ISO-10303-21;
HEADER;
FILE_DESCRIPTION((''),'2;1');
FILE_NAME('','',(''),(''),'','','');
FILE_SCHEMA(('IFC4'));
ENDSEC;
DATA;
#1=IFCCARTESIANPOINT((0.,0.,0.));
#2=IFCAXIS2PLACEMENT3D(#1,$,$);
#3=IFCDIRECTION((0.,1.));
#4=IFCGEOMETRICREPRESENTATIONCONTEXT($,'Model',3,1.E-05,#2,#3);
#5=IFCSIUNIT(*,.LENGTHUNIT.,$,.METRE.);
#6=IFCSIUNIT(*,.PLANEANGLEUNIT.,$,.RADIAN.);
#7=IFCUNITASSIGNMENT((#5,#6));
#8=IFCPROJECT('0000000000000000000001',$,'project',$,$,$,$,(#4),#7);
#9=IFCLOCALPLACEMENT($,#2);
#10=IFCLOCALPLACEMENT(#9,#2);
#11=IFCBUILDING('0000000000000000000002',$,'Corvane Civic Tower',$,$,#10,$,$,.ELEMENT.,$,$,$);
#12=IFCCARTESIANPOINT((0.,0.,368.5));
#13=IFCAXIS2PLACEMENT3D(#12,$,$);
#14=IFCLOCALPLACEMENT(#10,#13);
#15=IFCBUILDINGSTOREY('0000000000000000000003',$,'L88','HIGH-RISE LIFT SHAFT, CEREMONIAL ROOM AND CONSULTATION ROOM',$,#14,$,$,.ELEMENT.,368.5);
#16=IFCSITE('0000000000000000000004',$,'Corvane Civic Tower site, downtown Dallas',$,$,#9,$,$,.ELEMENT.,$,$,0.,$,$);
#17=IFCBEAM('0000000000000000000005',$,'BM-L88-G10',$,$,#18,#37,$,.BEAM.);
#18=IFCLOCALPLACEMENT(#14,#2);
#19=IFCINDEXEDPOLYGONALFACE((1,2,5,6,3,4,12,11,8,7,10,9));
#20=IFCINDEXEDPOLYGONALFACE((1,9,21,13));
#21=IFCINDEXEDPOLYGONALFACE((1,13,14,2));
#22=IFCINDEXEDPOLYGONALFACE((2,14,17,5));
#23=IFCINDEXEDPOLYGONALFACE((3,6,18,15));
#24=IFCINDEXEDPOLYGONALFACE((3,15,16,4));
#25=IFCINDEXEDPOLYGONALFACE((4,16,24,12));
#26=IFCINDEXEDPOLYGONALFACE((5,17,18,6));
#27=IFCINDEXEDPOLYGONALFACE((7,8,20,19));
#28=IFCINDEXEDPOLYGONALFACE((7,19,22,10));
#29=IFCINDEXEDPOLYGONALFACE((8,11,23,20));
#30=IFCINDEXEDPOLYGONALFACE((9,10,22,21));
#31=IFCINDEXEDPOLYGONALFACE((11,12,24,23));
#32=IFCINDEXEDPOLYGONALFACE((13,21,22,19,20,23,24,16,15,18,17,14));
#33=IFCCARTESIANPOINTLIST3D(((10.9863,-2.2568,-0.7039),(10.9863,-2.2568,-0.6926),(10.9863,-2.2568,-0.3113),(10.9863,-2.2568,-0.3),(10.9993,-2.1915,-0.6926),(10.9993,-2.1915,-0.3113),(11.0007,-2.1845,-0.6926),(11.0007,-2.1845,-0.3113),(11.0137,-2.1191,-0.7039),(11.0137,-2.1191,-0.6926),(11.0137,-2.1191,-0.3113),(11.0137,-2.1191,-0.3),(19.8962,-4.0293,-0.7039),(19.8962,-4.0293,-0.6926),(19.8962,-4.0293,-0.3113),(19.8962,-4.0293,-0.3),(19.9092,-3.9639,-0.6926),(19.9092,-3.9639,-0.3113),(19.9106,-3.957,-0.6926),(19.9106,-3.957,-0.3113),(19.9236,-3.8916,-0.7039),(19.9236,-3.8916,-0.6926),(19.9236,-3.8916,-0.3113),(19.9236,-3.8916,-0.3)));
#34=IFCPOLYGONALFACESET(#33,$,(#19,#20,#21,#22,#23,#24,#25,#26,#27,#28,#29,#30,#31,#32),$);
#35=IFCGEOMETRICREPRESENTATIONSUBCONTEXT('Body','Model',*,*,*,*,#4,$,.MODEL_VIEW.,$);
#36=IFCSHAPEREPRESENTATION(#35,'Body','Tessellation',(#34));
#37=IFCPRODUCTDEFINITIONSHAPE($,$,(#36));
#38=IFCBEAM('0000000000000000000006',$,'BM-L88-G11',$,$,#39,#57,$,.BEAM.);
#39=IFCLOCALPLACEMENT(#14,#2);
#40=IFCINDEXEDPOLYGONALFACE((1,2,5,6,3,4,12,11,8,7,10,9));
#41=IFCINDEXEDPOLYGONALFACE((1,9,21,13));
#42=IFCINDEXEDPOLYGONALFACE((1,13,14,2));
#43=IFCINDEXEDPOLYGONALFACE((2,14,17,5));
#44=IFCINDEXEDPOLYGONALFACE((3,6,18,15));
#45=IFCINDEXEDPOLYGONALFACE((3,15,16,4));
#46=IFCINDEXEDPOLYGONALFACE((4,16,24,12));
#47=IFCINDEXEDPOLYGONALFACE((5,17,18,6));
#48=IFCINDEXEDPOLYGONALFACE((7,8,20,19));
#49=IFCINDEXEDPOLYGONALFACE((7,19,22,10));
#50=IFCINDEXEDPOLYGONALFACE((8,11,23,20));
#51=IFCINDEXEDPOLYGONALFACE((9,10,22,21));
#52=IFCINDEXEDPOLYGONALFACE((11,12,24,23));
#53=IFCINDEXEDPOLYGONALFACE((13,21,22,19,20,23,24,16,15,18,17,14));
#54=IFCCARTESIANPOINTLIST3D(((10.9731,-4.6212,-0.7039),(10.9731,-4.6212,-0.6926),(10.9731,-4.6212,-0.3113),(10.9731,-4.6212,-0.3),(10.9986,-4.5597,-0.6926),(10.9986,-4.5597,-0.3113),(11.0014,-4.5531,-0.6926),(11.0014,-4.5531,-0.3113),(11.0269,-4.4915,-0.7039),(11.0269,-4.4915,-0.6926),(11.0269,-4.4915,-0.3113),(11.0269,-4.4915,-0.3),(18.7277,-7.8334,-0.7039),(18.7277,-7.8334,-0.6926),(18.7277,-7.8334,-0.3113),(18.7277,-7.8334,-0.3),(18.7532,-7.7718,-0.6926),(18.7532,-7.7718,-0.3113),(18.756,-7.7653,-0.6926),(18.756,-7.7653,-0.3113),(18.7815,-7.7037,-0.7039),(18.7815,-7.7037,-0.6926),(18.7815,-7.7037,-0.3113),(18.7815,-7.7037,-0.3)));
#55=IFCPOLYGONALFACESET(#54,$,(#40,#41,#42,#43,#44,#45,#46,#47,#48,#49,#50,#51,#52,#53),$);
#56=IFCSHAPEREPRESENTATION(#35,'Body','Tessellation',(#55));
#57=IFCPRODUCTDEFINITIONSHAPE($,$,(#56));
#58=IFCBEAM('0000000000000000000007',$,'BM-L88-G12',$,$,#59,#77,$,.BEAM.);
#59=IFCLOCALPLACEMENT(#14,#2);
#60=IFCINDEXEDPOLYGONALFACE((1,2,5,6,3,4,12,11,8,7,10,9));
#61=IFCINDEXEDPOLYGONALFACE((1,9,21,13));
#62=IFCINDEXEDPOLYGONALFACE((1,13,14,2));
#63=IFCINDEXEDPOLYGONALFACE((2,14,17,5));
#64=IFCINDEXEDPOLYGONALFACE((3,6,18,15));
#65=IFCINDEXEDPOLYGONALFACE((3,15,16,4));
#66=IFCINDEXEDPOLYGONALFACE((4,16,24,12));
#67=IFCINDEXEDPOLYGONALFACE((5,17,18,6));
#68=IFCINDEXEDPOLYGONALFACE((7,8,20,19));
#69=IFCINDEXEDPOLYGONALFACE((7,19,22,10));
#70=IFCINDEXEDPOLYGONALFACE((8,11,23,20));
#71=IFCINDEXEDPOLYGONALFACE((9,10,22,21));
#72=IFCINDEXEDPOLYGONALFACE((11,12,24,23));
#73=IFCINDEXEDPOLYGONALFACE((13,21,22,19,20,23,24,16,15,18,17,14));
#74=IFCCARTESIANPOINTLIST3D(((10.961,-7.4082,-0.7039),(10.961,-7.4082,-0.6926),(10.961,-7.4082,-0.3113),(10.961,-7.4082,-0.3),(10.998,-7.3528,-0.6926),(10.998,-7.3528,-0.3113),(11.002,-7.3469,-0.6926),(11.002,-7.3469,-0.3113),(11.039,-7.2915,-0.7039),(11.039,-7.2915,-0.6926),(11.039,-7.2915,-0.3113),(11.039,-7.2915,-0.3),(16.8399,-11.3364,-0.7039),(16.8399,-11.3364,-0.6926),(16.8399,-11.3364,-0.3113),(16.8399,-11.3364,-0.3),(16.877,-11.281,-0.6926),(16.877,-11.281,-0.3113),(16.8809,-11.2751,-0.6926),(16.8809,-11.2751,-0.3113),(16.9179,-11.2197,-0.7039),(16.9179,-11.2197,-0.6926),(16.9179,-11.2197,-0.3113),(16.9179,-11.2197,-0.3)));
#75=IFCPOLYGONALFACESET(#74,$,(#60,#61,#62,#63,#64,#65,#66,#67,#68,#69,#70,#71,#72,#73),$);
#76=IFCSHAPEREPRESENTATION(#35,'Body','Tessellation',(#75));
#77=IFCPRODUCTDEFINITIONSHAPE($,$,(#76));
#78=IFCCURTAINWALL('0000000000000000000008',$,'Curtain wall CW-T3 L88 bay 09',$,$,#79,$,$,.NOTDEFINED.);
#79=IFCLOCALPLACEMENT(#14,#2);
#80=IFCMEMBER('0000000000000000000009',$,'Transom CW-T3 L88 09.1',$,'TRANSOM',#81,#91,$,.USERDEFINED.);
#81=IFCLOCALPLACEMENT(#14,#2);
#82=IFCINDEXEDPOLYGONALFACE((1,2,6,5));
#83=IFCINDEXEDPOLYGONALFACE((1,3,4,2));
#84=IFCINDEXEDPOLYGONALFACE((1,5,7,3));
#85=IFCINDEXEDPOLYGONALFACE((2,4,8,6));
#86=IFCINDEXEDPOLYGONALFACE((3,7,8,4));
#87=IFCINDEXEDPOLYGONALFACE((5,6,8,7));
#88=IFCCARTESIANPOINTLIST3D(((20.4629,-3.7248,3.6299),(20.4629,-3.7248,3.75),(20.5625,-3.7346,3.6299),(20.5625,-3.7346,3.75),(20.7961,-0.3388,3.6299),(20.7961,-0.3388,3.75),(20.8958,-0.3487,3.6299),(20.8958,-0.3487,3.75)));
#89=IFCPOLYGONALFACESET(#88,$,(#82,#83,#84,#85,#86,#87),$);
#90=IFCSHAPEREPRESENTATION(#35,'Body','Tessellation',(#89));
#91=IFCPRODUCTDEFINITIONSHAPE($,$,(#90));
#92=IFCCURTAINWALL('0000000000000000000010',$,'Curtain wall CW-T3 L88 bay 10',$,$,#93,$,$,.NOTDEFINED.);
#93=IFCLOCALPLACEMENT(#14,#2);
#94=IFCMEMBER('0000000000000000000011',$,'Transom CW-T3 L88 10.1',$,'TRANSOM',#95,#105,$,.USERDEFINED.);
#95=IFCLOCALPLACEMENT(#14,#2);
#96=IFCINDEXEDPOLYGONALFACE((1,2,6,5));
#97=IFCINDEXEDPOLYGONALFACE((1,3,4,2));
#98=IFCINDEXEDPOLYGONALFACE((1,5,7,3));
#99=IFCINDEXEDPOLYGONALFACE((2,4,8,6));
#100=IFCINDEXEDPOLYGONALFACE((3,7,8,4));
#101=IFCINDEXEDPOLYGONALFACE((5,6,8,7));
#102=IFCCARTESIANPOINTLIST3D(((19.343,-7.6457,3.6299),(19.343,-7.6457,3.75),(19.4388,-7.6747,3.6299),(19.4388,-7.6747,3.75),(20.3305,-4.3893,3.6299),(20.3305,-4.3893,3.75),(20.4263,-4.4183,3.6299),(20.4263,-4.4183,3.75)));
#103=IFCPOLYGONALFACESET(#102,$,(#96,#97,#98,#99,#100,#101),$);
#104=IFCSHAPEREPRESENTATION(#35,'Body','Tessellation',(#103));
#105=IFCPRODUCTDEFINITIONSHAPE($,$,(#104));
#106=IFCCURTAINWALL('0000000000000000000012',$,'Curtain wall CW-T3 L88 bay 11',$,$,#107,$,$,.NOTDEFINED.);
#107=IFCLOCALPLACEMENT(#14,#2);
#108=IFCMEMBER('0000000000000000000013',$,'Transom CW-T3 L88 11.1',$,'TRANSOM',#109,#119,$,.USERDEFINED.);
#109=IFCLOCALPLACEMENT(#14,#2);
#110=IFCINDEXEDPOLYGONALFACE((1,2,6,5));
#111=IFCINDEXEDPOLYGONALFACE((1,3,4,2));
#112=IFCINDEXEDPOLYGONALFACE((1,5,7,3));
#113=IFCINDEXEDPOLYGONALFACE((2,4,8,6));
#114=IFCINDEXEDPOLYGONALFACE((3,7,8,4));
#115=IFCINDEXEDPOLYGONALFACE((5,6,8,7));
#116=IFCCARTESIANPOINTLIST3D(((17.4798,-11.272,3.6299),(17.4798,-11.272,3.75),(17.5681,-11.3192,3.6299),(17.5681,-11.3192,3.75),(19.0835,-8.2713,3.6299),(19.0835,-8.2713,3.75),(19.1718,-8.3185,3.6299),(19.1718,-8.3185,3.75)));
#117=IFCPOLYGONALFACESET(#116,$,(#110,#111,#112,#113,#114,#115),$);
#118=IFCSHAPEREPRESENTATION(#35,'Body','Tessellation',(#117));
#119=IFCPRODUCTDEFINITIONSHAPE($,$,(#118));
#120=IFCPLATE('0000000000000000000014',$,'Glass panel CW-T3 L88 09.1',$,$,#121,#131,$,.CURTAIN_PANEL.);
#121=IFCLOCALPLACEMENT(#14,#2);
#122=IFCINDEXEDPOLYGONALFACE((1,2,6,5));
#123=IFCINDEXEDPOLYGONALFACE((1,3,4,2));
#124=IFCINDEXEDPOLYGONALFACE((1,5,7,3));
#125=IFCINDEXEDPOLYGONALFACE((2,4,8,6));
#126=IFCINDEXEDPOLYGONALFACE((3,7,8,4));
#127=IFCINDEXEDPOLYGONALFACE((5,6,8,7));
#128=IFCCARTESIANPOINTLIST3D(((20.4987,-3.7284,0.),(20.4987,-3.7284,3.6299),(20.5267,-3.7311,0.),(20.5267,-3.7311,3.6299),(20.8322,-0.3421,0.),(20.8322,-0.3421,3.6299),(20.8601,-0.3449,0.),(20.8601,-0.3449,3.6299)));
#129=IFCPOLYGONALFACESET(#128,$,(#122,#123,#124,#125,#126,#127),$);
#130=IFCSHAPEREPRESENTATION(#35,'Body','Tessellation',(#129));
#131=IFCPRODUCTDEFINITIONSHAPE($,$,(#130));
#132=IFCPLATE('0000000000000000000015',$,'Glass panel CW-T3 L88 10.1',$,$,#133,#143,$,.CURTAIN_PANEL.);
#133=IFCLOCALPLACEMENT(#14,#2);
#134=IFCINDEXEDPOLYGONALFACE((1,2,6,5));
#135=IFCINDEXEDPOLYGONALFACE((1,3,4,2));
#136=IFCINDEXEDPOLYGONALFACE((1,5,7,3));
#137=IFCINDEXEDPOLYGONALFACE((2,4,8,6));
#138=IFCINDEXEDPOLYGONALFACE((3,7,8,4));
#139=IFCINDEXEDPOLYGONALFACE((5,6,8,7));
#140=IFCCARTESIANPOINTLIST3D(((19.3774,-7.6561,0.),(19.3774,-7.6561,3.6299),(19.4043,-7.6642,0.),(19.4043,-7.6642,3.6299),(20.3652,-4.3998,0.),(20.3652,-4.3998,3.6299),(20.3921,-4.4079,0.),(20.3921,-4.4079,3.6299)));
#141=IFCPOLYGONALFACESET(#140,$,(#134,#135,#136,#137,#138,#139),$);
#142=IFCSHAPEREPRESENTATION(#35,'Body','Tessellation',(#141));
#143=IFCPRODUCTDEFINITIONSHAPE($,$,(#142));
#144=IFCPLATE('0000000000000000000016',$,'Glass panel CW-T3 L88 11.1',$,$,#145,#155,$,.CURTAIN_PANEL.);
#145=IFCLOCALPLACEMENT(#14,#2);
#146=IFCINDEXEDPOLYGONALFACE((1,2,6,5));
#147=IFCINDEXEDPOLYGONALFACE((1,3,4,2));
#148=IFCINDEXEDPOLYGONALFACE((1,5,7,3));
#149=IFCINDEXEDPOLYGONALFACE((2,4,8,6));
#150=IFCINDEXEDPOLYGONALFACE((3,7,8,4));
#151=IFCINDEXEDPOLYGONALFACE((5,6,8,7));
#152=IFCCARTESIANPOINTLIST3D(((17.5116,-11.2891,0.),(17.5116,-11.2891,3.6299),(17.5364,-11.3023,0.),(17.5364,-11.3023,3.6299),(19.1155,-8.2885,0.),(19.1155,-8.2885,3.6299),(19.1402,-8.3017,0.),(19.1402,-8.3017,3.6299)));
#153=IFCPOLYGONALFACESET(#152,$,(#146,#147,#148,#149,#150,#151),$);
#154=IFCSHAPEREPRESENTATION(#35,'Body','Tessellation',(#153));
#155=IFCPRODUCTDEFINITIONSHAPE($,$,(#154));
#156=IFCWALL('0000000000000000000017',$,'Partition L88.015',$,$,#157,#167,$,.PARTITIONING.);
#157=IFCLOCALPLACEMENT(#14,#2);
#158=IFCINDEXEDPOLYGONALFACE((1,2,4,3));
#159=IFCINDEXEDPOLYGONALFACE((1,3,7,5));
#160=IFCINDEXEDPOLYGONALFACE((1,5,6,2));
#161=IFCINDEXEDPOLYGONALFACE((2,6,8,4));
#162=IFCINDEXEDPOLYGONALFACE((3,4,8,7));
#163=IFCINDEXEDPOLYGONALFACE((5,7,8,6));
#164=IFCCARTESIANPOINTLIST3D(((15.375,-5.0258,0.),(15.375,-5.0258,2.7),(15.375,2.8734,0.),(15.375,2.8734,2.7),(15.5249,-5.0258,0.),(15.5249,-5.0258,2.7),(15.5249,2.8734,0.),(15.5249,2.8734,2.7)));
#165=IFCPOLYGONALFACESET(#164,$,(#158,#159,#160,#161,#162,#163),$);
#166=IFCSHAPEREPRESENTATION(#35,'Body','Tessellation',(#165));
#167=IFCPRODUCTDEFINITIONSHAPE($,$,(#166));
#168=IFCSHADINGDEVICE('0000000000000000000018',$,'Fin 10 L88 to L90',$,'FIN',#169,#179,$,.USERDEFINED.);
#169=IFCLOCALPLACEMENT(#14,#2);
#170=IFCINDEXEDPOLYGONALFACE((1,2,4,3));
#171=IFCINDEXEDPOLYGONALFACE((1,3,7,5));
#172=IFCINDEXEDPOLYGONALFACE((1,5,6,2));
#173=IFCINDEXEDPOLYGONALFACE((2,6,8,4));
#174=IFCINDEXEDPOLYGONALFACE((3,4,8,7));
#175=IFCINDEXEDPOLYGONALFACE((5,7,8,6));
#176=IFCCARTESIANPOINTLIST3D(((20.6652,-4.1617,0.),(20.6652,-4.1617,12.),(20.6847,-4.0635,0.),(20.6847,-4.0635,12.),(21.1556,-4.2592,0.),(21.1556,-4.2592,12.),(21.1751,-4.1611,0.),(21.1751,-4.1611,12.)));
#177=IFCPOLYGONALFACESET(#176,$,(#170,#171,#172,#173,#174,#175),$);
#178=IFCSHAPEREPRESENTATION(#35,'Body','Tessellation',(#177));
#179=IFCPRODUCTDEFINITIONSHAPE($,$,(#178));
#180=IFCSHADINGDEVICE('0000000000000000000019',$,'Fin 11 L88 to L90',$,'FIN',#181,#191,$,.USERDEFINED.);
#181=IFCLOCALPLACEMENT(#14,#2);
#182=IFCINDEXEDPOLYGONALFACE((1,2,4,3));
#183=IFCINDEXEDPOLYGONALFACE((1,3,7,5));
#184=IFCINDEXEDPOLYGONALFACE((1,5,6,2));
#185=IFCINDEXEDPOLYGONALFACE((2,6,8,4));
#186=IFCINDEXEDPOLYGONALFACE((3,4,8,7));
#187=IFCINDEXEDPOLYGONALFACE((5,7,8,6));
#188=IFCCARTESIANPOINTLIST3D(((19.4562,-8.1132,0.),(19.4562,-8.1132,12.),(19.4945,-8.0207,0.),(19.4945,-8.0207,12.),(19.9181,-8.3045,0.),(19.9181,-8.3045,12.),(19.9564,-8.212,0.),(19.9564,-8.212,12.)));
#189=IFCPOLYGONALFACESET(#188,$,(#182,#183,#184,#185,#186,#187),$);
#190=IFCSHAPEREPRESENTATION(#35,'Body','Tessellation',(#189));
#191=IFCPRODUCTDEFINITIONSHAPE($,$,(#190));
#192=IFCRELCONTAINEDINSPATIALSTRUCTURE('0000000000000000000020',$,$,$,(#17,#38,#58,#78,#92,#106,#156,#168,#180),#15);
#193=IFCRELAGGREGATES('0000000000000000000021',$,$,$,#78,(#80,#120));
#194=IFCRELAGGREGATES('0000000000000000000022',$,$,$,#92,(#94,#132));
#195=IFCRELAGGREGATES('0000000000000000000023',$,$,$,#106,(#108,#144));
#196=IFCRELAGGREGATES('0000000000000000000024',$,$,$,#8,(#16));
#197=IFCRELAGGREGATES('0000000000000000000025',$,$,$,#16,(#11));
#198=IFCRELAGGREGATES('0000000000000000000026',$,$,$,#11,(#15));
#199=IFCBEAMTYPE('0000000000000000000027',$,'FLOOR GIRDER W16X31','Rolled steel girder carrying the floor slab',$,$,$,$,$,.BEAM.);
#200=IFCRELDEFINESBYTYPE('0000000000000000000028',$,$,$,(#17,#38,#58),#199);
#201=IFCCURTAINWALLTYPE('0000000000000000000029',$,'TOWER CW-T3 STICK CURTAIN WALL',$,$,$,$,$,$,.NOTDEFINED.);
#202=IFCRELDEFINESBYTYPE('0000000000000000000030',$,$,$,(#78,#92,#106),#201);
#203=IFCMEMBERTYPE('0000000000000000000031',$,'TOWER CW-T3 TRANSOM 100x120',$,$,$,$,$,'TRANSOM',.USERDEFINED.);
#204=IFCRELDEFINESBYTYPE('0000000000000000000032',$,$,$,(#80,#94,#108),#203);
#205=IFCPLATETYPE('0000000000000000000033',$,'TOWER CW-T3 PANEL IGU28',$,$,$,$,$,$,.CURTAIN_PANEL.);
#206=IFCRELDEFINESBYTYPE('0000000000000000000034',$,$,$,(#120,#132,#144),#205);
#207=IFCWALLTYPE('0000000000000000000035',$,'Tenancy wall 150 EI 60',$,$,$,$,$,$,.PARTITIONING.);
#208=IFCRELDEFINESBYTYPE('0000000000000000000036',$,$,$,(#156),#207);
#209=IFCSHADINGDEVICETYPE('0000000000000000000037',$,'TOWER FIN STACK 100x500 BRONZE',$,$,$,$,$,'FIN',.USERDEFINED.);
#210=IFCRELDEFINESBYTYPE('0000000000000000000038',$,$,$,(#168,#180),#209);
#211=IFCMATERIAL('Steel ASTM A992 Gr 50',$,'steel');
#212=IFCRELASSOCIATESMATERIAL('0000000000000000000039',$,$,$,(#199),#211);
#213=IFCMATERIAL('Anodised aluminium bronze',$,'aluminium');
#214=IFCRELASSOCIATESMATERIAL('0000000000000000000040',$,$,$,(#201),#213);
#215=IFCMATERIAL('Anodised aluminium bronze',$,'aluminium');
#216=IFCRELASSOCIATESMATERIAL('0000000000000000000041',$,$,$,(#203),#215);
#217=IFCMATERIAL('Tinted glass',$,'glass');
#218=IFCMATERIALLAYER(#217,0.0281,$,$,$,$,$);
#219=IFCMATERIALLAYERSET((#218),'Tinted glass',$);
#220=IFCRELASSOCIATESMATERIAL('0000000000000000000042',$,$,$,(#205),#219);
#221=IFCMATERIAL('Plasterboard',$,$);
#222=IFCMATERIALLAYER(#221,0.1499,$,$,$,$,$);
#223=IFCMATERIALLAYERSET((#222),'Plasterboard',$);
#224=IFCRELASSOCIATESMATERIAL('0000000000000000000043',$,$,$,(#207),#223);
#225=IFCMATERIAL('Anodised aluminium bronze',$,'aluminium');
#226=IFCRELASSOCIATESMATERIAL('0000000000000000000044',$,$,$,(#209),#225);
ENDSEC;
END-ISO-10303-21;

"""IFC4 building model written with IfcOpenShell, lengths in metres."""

from ifc_helpers import new_model, si_unit, direction, frame, frame_2d, origin, origin_2d, place, context, subcontext, project, spatial, rectangle, i_section, extrude, material, layer, layer_set, material_profile, profile_set, type_object, element, aggregate, save


model = new_model("IFC4")

# Units and contexts
model_context = context("Model", 3, precision=1e-05, world=origin(), true_north=direction((0.0, 1.0)))
body_context = subcontext(model_context, "Body", "Model", "MODEL_VIEW")
ifc_project = project(units=[si_unit("LENGTHUNIT", "METRE"), si_unit("PLANEANGLEUNIT", "RADIAN")], contexts=[model_context])

# Site, building, storey
site_placement = place(None, origin())
site = spatial("IfcSite", under=ifc_project, at=site_placement, Name="Corvane Civic Tower site, downtown Dallas", CompositionType="ELEMENT", RefElevation=0.0)
building_placement = place(site_placement, origin())
building = spatial("IfcBuilding", under=site, at=building_placement, Name="Corvane Civic Tower", CompositionType="ELEMENT")
storey_placement = place(building_placement, frame((0.0, 0.0, 368.5)))
storey = spatial("IfcBuildingStorey", under=building, at=storey_placement, Name="L88", Description="HIGH-RISE LIFT SHAFT, CEREMONIAL ROOM AND CONSULTATION ROOM", CompositionType="ELEMENT", Elevation=368.5)

# Beams
ifc_material_1 = material(Name="Steel ASTM A992 Gr 50", Category="steel")
ifc_material_profile_1 = material_profile(ifc_material_1, i_section(OverallWidth=0.1404, OverallDepth=0.4038, WebThickness=0.0071, FlangeThickness=0.0112, at=origin_2d()), Name="W16X31")
ifc_profile_set_1 = profile_set([ifc_material_profile_1], Name="Steel ASTM A992 Gr 50")
beam_type_1 = type_object("IfcBeamType", Name="FLOOR GIRDER W16X31", Description="Rolled steel girder carrying the floor slab", PredefinedType="BEAM", material=ifc_profile_set_1)
beam_1_placement = place(storey_placement, frame((11.0, -2.188, -0.502), z_axis=(0.980782, -0.195108, 0.0), x_axis=(0.195108, 0.980782, 0.0)))
element("IfcBeam", 1, at=beam_1_placement, inside=storey, type_object=beam_type_1, Name="BM-L88-G10", PredefinedType="BEAM", context=body_context, shape_type="SweptSolid", body=[
    extrude(i_section(OverallWidth=0.1404, OverallDepth=0.4038, WebThickness=0.0071, FlangeThickness=0.0112, at=origin_2d()), origin(), (0.0, 0.0, 1.0), 9.0845),
])
beam_2_placement = place(storey_placement, frame((11.0, -4.5564, -0.502), z_axis=(0.923876, -0.382692, 0.0), x_axis=(0.382692, 0.923876, 0.0)))
element("IfcBeam", 2, at=beam_2_placement, inside=storey, type_object=beam_type_1, Name="BM-L88-G11", PredefinedType="BEAM", context=body_context, shape_type="SweptSolid", body=[
    extrude(i_section(OverallWidth=0.1404, OverallDepth=0.4038, WebThickness=0.0071, FlangeThickness=0.0112, at=origin_2d()), origin(), (0.0, 0.0, 1.0), 8.3936),
])
beam_3_placement = place(storey_placement, frame((11.0, -7.3499, -0.502), z_axis=(0.831465, -0.555576, 0.0), x_axis=(0.555576, 0.831465, 0.0)))
element("IfcBeam", 3, at=beam_3_placement, inside=storey, type_object=beam_type_1, Name="BM-L88-G12", PredefinedType="BEAM", context=body_context, shape_type="SweptSolid", body=[
    extrude(i_section(OverallWidth=0.1404, OverallDepth=0.4038, WebThickness=0.0071, FlangeThickness=0.0112, at=origin_2d()), origin(), (0.0, 0.0, 1.0), 7.0706),
])

# Curtain walls, members
ifc_material_2 = material(Name="Anodised aluminium bronze", Category="aluminium")
curtain_wall_type = type_object("IfcCurtainWallType", Name="TOWER CW-T3 STICK CURTAIN WALL", PredefinedType="NOTDEFINED", material=ifc_material_2)
curtain_wall_1_placement = place(storey_placement, origin())
curtain_wall_1 = element("IfcCurtainWall", 4, at=curtain_wall_1_placement, inside=storey, type_object=curtain_wall_type, Name="Curtain wall CW-T3 L88 bay 09", PredefinedType="NOTDEFINED")
ifc_material_3 = material(Name="Anodised aluminium bronze", Category="aluminium")
ifc_material_profile_2 = material_profile(ifc_material_3, rectangle(XDim=0.1001, YDim=0.1201, at=origin_2d()), Name="TOWER CW-T3 TRANSOM 100x120")
ifc_profile_set_2 = profile_set([ifc_material_profile_2], Name="Anodised aluminium bronze")
member_type = type_object("IfcMemberType", Name="TOWER CW-T3 TRANSOM 100x120", ElementType="TRANSOM", PredefinedType="USERDEFINED", material=ifc_profile_set_2)
member_1_placement = place(storey_placement, frame((20.8459, -0.3438, 3.6899), z_axis=(-0.097948, -0.995192, 0.0), x_axis=(0.995192, -0.097948, 0.0)))
member_1 = element("IfcMember", 5, at=member_1_placement, type_object=member_type, Name="Transom CW-T3 L88 09.1", ObjectType="TRANSOM", PredefinedType="USERDEFINED", context=body_context, shape_type="SweptSolid", body=[
    extrude(rectangle(XDim=0.1001, YDim=0.1201, at=origin_2d()), origin(), (0.0, 0.0, 1.0), 3.4023),
])
curtain_wall_2_placement = place(storey_placement, origin())
curtain_wall_2 = element("IfcCurtainWall", 6, at=curtain_wall_2_placement, inside=storey, type_object=curtain_wall_type, Name="Curtain wall CW-T3 L88 bay 10", PredefinedType="NOTDEFINED")
member_2_placement = place(storey_placement, frame((20.3784, -4.4038, 3.6899), z_axis=(-0.290216, -0.956961, 0.0), x_axis=(0.956961, -0.290216, 0.0)))
member_2 = element("IfcMember", 7, at=member_2_placement, type_object=member_type, Name="Transom CW-T3 L88 10.1", ObjectType="TRANSOM", PredefinedType="USERDEFINED", context=body_context, shape_type="SweptSolid", body=[
    extrude(rectangle(XDim=0.1001, YDim=0.1201, at=origin_2d()), origin(), (0.0, 0.0, 1.0), 3.4028),
])
curtain_wall_3_placement = place(storey_placement, origin())
curtain_wall_3 = element("IfcCurtainWall", 8, at=curtain_wall_3_placement, inside=storey, type_object=curtain_wall_type, Name="Curtain wall CW-T3 L88 bay 11", PredefinedType="NOTDEFINED")
member_3_placement = place(storey_placement, frame((19.1277, -8.2949, 3.6899), z_axis=(-0.471359, -0.881941, 0.0), x_axis=(0.881941, -0.471359, 0.0)))
member_3 = element("IfcMember", 9, at=member_3_placement, type_object=member_type, Name="Transom CW-T3 L88 11.1", ObjectType="TRANSOM", PredefinedType="USERDEFINED", context=body_context, shape_type="SweptSolid", body=[
    extrude(rectangle(XDim=0.1001, YDim=0.1201, at=origin_2d()), origin(), (0.0, 0.0, 1.0), 3.4023),
])

# Plates
ifc_material_4 = material(Name="Tinted glass", Category="glass")
ifc_layer_1 = layer(ifc_material_4, 0.0281)
ifc_layer_set_1 = layer_set([ifc_layer_1], Name="Tinted glass")
plate_type = type_object("IfcPlateType", Name="TOWER CW-T3 PANEL IGU28", PredefinedType="CURTAIN_PANEL", material=ifc_layer_set_1)
plate_1_placement = place(storey_placement, frame((20.6794, -2.0366, 0.0), z_axis=(0.0, 0.0, 1.0), x_axis=(-0.097998, -0.995187, 0.0)))
plate_1 = element("IfcPlate", 10, at=plate_1_placement, type_object=plate_type, Name="Glass panel CW-T3 L88 09.1", PredefinedType="CURTAIN_PANEL", context=body_context, shape_type="SweptSolid", body=[
    extrude(rectangle(XDim=3.4026, YDim=0.0281, at=origin_2d()), origin(), (0.0, 0.0, 1.0), 3.6299),
])
aggregate(curtain_wall_1, [member_1, plate_1])
plate_2_placement = place(storey_placement, frame((19.8848, -6.032, 0.0), z_axis=(0.0, 0.0, 1.0), x_axis=(-0.29029, -0.956939, 0.0)))
plate_2 = element("IfcPlate", 11, at=plate_2_placement, type_object=plate_type, Name="Glass panel CW-T3 L88 10.1", PredefinedType="CURTAIN_PANEL", context=body_context, shape_type="SweptSolid", body=[
    extrude(rectangle(XDim=3.4028, YDim=0.0281, at=origin_2d()), origin(), (0.0, 0.0, 1.0), 3.6299),
])
aggregate(curtain_wall_2, [member_2, plate_2])
plate_3_placement = place(storey_placement, frame((18.3259, -9.7954, 0.0), z_axis=(0.0, 0.0, 1.0), x_axis=(-0.471384, -0.881928, 0.0)))
plate_3 = element("IfcPlate", 12, at=plate_3_placement, type_object=plate_type, Name="Glass panel CW-T3 L88 11.1", PredefinedType="CURTAIN_PANEL", context=body_context, shape_type="SweptSolid", body=[
    extrude(rectangle(XDim=3.4023, YDim=0.0281, at=origin_2d()), origin(), (0.0, 0.0, 1.0), 3.6299),
])
aggregate(curtain_wall_3, [member_3, plate_3])

# Wall
ifc_material_5 = material(Name="Plasterboard")
ifc_layer_2 = layer(ifc_material_5, 0.1499)
ifc_layer_set_2 = layer_set([ifc_layer_2], Name="Plasterboard")
wall_type = type_object("IfcWallType", Name="Tenancy wall 150 EI 60", PredefinedType="PARTITIONING", material=ifc_layer_set_2)
wall_placement = place(storey_placement, frame((15.45, -5.0259, 0.0), z_axis=(0.0, 0.0, 1.0), x_axis=(0.0, 1.0, 0.0)))
element("IfcWall", 13, at=wall_placement, inside=storey, type_object=wall_type, Name="Partition L88.015", PredefinedType="PARTITIONING", context=body_context, shape_type="SweptSolid", body=[
    extrude(rectangle(XDim=7.8992, YDim=0.1499, at=frame_2d((3.9497, 0.0))), origin(), (0.0, 0.0, 1.0), 2.7),
])

# Shading devices
ifc_material_6 = material(Name="Anodised aluminium bronze", Category="aluminium")
ifc_material_profile_3 = material_profile(ifc_material_6, rectangle(XDim=0.1001, YDim=0.5, at=origin_2d()), Name="TOWER FIN STACK 100x500 BRONZE")
ifc_profile_set_3 = profile_set([ifc_material_profile_3], Name="Anodised aluminium bronze")
shading_device_type = type_object("IfcShadingDeviceType", Name="TOWER FIN STACK 100x500 BRONZE", ElementType="FIN", PredefinedType="USERDEFINED", material=ifc_profile_set_3)
for number, where, z_axis, x_axis, name in (
    (14, (20.9202, -4.1614, 0.0), (0.0, 0.0, 1.0), (-0.19509, -0.980785, 0.0), "Fin 10 L88 to L90"),
    (15, (19.7063, -8.1626, 0.0), (0.0, 0.0, 1.0), (-0.382683, -0.92388, 0.0), "Fin 11 L88 to L90"),
):
    element("IfcShadingDevice", number, at=place(storey_placement, frame(where, z_axis=z_axis, x_axis=x_axis)), inside=storey, type_object=shading_device_type, Name=name, ObjectType="FIN", PredefinedType="USERDEFINED", context=body_context, shape_type="SweptSolid", body=[
        extrude(rectangle(XDim=0.1001, YDim=0.5, at=origin_2d()), origin(), (0.0, 0.0, 1.0), 12.0),
    ])

save(model, "model.ifc")
